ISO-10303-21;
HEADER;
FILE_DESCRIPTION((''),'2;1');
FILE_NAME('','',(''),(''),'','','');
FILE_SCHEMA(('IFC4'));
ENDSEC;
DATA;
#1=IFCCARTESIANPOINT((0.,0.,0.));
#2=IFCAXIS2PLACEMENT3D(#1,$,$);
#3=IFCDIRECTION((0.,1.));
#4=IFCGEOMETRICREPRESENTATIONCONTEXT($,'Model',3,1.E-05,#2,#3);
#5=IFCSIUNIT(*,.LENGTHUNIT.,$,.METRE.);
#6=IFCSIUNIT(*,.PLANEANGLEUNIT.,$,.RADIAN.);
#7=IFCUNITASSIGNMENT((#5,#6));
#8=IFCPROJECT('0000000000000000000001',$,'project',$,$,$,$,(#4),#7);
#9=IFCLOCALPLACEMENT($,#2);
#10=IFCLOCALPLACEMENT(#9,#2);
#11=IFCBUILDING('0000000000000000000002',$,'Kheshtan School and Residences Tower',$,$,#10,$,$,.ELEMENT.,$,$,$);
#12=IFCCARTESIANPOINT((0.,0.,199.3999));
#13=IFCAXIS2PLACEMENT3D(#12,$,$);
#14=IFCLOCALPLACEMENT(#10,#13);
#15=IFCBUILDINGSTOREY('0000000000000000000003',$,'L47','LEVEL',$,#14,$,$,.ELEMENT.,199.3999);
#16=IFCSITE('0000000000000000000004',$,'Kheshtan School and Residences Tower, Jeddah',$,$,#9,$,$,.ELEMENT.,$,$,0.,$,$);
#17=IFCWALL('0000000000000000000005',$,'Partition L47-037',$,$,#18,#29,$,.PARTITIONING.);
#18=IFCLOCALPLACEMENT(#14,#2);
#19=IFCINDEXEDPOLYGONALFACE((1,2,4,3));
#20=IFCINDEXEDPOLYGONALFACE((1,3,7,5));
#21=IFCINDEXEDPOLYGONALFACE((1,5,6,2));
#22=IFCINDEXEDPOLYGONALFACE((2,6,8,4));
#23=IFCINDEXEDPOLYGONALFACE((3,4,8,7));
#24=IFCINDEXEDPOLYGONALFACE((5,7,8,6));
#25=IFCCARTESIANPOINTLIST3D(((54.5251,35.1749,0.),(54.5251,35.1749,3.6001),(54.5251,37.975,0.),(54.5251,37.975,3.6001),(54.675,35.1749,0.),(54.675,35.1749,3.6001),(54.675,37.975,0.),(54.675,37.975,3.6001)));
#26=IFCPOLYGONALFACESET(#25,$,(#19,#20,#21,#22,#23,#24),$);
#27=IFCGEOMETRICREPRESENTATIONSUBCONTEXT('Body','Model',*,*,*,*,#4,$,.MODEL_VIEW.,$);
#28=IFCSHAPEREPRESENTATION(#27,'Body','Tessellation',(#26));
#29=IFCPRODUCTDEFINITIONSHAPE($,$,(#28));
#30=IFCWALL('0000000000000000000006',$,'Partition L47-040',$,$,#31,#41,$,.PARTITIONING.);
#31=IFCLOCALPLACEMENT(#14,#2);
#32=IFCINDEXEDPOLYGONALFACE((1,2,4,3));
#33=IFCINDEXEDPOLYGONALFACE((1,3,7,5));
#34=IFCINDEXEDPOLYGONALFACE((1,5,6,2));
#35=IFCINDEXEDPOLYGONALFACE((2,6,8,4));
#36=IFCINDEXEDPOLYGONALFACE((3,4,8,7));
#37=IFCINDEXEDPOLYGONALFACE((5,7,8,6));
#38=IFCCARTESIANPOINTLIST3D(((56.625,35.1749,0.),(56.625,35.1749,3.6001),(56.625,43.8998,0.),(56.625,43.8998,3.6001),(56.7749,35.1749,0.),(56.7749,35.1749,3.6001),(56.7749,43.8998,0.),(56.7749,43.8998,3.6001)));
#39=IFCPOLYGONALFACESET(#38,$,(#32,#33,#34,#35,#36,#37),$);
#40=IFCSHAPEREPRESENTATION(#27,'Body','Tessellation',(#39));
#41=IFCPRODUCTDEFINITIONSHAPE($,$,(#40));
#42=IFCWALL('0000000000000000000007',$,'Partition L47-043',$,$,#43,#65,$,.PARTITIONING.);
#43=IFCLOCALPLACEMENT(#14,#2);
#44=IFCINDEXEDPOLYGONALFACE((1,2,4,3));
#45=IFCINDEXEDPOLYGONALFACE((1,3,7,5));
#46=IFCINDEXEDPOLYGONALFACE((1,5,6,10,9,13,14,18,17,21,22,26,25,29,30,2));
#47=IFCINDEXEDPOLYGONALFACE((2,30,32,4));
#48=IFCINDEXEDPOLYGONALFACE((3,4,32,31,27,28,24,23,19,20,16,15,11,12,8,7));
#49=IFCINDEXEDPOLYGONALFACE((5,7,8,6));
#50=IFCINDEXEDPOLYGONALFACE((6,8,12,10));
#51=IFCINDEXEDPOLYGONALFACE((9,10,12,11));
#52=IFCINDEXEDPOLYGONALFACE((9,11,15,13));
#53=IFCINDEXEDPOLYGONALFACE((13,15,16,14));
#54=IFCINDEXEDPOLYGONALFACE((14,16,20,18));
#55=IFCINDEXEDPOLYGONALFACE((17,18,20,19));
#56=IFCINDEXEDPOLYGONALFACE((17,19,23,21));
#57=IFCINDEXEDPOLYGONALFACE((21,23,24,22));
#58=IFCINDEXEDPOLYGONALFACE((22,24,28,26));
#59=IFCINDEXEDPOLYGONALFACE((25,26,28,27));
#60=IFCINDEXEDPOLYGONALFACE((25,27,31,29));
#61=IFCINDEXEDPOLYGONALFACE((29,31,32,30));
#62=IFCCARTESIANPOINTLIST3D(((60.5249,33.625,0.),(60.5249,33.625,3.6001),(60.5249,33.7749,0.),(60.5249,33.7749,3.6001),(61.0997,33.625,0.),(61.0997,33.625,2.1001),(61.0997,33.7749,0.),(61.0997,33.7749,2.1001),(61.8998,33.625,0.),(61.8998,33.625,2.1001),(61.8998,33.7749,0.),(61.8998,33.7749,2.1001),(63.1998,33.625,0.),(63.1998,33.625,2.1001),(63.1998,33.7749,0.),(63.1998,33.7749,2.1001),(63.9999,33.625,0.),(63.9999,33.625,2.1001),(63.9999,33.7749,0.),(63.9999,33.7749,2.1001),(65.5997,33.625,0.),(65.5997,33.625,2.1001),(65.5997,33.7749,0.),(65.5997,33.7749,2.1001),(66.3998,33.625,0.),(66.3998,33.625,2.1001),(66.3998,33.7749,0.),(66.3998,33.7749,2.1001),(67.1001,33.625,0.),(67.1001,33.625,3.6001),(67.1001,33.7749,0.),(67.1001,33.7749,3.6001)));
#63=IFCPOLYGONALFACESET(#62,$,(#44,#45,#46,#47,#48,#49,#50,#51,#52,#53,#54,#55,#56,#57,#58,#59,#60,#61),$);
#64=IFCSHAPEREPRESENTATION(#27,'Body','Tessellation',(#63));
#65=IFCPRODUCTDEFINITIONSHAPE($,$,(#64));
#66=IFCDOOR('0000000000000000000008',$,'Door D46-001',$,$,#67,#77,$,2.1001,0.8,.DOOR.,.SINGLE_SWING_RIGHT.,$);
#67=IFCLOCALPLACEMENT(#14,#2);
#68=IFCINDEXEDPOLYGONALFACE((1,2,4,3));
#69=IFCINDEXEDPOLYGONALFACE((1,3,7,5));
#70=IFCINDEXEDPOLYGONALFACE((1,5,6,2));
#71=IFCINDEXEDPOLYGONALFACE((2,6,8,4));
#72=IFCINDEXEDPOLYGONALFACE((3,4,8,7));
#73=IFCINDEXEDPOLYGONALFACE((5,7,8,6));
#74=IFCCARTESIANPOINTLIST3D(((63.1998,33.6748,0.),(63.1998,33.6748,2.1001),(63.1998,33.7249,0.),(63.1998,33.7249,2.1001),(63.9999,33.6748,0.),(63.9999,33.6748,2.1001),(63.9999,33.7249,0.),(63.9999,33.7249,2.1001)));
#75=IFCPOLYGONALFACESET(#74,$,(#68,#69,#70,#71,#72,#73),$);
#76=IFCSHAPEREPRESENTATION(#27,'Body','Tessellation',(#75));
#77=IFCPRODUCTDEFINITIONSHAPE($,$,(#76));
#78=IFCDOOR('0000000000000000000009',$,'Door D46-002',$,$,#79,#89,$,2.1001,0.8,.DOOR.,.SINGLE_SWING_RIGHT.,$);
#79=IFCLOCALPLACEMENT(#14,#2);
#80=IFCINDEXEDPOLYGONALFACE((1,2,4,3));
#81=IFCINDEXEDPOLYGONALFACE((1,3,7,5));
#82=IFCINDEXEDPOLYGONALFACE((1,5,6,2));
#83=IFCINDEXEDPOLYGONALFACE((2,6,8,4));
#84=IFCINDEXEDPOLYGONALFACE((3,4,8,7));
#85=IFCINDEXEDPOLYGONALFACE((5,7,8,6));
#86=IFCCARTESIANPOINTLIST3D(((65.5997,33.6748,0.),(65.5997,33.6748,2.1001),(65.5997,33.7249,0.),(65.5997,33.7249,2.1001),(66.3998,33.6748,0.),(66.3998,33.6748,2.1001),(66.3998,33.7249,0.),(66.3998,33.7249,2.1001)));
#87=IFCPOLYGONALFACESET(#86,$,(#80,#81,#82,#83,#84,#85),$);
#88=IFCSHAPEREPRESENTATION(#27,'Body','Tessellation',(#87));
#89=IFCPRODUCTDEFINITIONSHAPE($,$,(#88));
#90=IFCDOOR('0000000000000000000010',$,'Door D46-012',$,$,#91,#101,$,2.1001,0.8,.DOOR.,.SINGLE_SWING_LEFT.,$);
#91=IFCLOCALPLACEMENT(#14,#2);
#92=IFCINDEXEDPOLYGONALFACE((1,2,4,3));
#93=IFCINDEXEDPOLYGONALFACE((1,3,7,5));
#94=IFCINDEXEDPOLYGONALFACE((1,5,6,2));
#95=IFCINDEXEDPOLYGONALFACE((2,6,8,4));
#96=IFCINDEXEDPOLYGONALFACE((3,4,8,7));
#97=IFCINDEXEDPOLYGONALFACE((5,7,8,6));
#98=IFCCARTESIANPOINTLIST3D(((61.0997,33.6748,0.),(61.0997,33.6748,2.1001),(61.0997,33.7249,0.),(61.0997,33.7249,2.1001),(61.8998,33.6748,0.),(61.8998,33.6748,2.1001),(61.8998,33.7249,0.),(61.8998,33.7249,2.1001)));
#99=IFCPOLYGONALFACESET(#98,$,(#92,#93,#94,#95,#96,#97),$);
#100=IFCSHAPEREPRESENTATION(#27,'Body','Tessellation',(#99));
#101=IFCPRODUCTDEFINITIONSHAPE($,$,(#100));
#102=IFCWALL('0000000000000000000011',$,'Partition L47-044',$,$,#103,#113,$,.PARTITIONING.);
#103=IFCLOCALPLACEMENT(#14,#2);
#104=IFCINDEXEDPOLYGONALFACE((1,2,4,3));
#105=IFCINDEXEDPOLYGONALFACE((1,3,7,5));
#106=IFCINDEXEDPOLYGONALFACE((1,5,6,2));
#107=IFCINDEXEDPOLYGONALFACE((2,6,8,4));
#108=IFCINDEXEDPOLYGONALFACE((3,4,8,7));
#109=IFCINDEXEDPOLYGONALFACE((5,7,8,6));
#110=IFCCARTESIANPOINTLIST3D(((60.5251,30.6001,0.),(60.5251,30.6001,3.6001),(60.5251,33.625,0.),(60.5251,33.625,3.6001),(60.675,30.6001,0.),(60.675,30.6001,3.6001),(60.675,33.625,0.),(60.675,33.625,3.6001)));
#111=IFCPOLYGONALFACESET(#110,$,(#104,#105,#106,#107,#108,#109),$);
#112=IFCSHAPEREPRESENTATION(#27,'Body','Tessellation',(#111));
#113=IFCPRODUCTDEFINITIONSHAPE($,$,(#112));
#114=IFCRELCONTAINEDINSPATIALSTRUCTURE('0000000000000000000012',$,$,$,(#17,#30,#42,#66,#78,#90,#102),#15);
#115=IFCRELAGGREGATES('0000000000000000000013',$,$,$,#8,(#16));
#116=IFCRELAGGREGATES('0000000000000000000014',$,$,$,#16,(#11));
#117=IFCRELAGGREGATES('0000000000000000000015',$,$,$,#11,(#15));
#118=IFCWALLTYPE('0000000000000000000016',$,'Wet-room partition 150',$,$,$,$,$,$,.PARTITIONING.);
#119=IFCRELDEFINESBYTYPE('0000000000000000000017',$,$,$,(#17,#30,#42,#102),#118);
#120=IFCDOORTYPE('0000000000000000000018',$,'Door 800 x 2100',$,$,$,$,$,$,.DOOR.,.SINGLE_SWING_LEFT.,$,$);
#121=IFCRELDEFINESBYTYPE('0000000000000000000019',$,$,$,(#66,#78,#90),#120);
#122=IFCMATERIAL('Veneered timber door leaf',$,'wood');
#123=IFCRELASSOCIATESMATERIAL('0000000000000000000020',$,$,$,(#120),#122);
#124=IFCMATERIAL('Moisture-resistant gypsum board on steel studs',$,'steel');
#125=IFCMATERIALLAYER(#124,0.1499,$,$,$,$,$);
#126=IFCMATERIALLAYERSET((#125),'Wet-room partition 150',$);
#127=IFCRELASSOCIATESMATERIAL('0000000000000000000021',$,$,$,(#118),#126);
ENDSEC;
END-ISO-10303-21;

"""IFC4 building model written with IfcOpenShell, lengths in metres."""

from ifc_helpers import new_model, si_unit, direction, frame, frame_2d, origin, place, context, subcontext, project, spatial, rectangle, extrude, source, transform, mapped, material, layer, layer_set, type_object, element, fill, save


model = new_model("IFC4")

# Units and contexts
model_context = context("Model", 3, precision=1e-05, world=origin(), true_north=direction((0.0, 1.0)))
body_context = subcontext(model_context, "Body", "Model", "MODEL_VIEW")
ifc_project = project(units=[si_unit("LENGTHUNIT", "METRE"), si_unit("PLANEANGLEUNIT", "RADIAN")], contexts=[model_context])

# Site, building, storey
site_placement = place(None, origin())
site = spatial("IfcSite", under=ifc_project, at=site_placement, Name="Kheshtan School and Residences Tower, Jeddah", CompositionType="ELEMENT", RefElevation=0.0)
building_placement = place(site_placement, origin())
building = spatial("IfcBuilding", under=site, at=building_placement, Name="Kheshtan School and Residences Tower", CompositionType="ELEMENT")
storey_placement = place(building_placement, frame((0.0, 0.0, 199.3999)))
storey = spatial("IfcBuildingStorey", under=building, at=storey_placement, Name="L47", Description="LEVEL", CompositionType="ELEMENT", Elevation=199.3999)

# Shared definitions
ifc_material_1 = material(Name="Veneered timber door leaf", Category="wood")
door_type_1 = type_object("IfcDoorType", Name="Door 800 x 2100", OperationType="SINGLE_SWING_LEFT", PredefinedType="DOOR", material=ifc_material_1)
shared_shape_1 = source(origin(), body_context, "Body", "SweptSolid", [
    extrude(rectangle(XDim=0.8, YDim=2.1001, at=frame_2d((0.3999, 1.05))), frame((0.0, 0.0249, 0.0), z_axis=(0.0, -1.0, 0.0), x_axis=(1.0, 0.0, 0.0)), (0.0, 0.0, 1.0), 0.05),
])

# Shared definitions
ifc_material_2 = material(Name="Moisture-resistant gypsum board on steel studs", Category="steel")
ifc_layer_1 = layer(ifc_material_2, 0.1499)
ifc_layer_set_1 = layer_set([ifc_layer_1], Name="Wet-room partition 150")
wall_type_1 = type_object("IfcWallType", Name="Wet-room partition 150", PredefinedType="PARTITIONING", material=ifc_layer_set_1)

# Walls
wall_1_placement = place(storey_placement, frame((54.6001, 35.175, 0.0), z_axis=(0.0, 0.0, 1.0), x_axis=(0.0, 1.0, 0.0)))
element("IfcWall", 1, at=wall_1_placement, inside=storey, type_object=wall_type_1, Name="Partition L47-037", PredefinedType="PARTITIONING", context=body_context, shape_type="SweptSolid", body=[
    extrude(rectangle(XDim=2.8, YDim=0.1499, at=frame_2d((1.3999, 0.0))), origin(), (0.0, 0.0, 1.0), 3.6001),
])
wall_2_placement = place(storey_placement, frame((56.7, 35.175, 0.0), z_axis=(0.0, 0.0, 1.0), x_axis=(0.0, 1.0, 0.0)))
element("IfcWall", 2, at=wall_2_placement, inside=storey, type_object=wall_type_1, Name="Partition L47-040", PredefinedType="PARTITIONING", context=body_context, shape_type="SweptSolid", body=[
    extrude(rectangle(XDim=8.7249, YDim=0.1499, at=frame_2d((4.3623, 0.0))), origin(), (0.0, 0.0, 1.0), 3.6001),
])

# Wall, openings, doors
wall_3_placement = place(storey_placement, frame((60.5249, 33.7, 0.0), z_axis=(0.0, 0.0, 1.0), x_axis=(1.0, 0.0, 0.0)))
wall_3 = element("IfcWall", 3, at=wall_3_placement, inside=storey, type_object=wall_type_1, Name="Partition L47-043", PredefinedType="PARTITIONING", context=body_context, shape_type="SweptSolid", body=[
    extrude(rectangle(XDim=6.5752, YDim=0.1499, at=frame_2d((3.2876, 0.0))), origin(), (0.0, 0.0, 1.0), 3.6001),
])
opening_1_placement = place(wall_3_placement, frame((2.675, 0.0, 0.0)))
opening_1 = element("IfcOpeningElement", 4, at=opening_1_placement, cuts=wall_3, PredefinedType="OPENING", context=body_context, shape_type="SweptSolid", body=[
    extrude(rectangle(XDim=0.8, YDim=2.1001, at=frame_2d((0.3999, 1.05))), frame((0.0, 0.085, 0.0), z_axis=(0.0, -1.0, 0.0), x_axis=(1.0, 0.0, 0.0)), (0.0, 0.0, 1.0), 0.1699),
])
opening_2_placement = place(wall_3_placement, frame((5.075, 0.0, 0.0)))
opening_2 = element("IfcOpeningElement", 5, at=opening_2_placement, cuts=wall_3, PredefinedType="OPENING", context=body_context, shape_type="SweptSolid", body=[
    extrude(rectangle(XDim=0.8, YDim=2.1001, at=frame_2d((0.3999, 1.05))), frame((0.0, 0.085, 0.0), z_axis=(0.0, -1.0, 0.0), x_axis=(1.0, 0.0, 0.0)), (0.0, 0.0, 1.0), 0.1699),
])
opening_3_placement = place(wall_3_placement, frame((0.575, 0.0, 0.0)))
opening_3 = element("IfcOpeningElement", 6, at=opening_3_placement, cuts=wall_3, PredefinedType="OPENING", context=body_context, shape_type="SweptSolid", body=[
    extrude(rectangle(XDim=0.8, YDim=2.1001, at=frame_2d((0.3999, 1.05))), frame((0.0, 0.085, 0.0), z_axis=(0.0, -1.0, 0.0), x_axis=(1.0, 0.0, 0.0)), (0.0, 0.0, 1.0), 0.1699),
])
door_1_placement = place(opening_1_placement, origin())
door_1 = element("IfcDoor", 7, at=door_1_placement, inside=storey, type_object=door_type_1, Name="Door D46-001", OperationType="SINGLE_SWING_RIGHT", OverallHeight=2.1001, OverallWidth=0.8, PredefinedType="DOOR", context=body_context, shape_type="MappedRepresentation", body=[
    mapped(shared_shape_1, transform((0.0, 0.0, 0.0), x_axis=(1.0, 0.0, 0.0), y_axis=(0.0, 1.0, 0.0), z_axis=(0.0, 0.0, 1.0), scale=1.0)),
])
fill(opening_1, door_1)
door_2_placement = place(opening_2_placement, origin())
door_2 = element("IfcDoor", 8, at=door_2_placement, inside=storey, type_object=door_type_1, Name="Door D46-002", OperationType="SINGLE_SWING_RIGHT", OverallHeight=2.1001, OverallWidth=0.8, PredefinedType="DOOR", context=body_context, shape_type="MappedRepresentation", body=[
    mapped(shared_shape_1, transform((0.0, 0.0, 0.0), x_axis=(1.0, 0.0, 0.0), y_axis=(0.0, 1.0, 0.0), z_axis=(0.0, 0.0, 1.0), scale=1.0)),
])
fill(opening_2, door_2)
door_3_placement = place(opening_3_placement, origin())
door_3 = element("IfcDoor", 9, at=door_3_placement, inside=storey, type_object=door_type_1, Name="Door D46-012", OperationType="SINGLE_SWING_LEFT", OverallHeight=2.1001, OverallWidth=0.8, PredefinedType="DOOR", context=body_context, shape_type="MappedRepresentation", body=[
    mapped(shared_shape_1, transform((0.0, 0.0, 0.0), x_axis=(1.0, 0.0, 0.0), y_axis=(0.0, 1.0, 0.0), z_axis=(0.0, 0.0, 1.0), scale=1.0)),
])
fill(opening_3, door_3)

# Wall
wall_4_placement = place(storey_placement, frame((60.6001, 30.6001, 0.0), z_axis=(0.0, 0.0, 1.0), x_axis=(0.0, 1.0, 0.0)))
element("IfcWall", 10, at=wall_4_placement, inside=storey, type_object=wall_type_1, Name="Partition L47-044", PredefinedType="PARTITIONING", context=body_context, shape_type="SweptSolid", body=[
    extrude(rectangle(XDim=3.0249, YDim=0.1499, at=frame_2d((1.5125, 0.0))), origin(), (0.0, 0.0, 1.0), 3.6001),
])

save(model, "model.ifc")
